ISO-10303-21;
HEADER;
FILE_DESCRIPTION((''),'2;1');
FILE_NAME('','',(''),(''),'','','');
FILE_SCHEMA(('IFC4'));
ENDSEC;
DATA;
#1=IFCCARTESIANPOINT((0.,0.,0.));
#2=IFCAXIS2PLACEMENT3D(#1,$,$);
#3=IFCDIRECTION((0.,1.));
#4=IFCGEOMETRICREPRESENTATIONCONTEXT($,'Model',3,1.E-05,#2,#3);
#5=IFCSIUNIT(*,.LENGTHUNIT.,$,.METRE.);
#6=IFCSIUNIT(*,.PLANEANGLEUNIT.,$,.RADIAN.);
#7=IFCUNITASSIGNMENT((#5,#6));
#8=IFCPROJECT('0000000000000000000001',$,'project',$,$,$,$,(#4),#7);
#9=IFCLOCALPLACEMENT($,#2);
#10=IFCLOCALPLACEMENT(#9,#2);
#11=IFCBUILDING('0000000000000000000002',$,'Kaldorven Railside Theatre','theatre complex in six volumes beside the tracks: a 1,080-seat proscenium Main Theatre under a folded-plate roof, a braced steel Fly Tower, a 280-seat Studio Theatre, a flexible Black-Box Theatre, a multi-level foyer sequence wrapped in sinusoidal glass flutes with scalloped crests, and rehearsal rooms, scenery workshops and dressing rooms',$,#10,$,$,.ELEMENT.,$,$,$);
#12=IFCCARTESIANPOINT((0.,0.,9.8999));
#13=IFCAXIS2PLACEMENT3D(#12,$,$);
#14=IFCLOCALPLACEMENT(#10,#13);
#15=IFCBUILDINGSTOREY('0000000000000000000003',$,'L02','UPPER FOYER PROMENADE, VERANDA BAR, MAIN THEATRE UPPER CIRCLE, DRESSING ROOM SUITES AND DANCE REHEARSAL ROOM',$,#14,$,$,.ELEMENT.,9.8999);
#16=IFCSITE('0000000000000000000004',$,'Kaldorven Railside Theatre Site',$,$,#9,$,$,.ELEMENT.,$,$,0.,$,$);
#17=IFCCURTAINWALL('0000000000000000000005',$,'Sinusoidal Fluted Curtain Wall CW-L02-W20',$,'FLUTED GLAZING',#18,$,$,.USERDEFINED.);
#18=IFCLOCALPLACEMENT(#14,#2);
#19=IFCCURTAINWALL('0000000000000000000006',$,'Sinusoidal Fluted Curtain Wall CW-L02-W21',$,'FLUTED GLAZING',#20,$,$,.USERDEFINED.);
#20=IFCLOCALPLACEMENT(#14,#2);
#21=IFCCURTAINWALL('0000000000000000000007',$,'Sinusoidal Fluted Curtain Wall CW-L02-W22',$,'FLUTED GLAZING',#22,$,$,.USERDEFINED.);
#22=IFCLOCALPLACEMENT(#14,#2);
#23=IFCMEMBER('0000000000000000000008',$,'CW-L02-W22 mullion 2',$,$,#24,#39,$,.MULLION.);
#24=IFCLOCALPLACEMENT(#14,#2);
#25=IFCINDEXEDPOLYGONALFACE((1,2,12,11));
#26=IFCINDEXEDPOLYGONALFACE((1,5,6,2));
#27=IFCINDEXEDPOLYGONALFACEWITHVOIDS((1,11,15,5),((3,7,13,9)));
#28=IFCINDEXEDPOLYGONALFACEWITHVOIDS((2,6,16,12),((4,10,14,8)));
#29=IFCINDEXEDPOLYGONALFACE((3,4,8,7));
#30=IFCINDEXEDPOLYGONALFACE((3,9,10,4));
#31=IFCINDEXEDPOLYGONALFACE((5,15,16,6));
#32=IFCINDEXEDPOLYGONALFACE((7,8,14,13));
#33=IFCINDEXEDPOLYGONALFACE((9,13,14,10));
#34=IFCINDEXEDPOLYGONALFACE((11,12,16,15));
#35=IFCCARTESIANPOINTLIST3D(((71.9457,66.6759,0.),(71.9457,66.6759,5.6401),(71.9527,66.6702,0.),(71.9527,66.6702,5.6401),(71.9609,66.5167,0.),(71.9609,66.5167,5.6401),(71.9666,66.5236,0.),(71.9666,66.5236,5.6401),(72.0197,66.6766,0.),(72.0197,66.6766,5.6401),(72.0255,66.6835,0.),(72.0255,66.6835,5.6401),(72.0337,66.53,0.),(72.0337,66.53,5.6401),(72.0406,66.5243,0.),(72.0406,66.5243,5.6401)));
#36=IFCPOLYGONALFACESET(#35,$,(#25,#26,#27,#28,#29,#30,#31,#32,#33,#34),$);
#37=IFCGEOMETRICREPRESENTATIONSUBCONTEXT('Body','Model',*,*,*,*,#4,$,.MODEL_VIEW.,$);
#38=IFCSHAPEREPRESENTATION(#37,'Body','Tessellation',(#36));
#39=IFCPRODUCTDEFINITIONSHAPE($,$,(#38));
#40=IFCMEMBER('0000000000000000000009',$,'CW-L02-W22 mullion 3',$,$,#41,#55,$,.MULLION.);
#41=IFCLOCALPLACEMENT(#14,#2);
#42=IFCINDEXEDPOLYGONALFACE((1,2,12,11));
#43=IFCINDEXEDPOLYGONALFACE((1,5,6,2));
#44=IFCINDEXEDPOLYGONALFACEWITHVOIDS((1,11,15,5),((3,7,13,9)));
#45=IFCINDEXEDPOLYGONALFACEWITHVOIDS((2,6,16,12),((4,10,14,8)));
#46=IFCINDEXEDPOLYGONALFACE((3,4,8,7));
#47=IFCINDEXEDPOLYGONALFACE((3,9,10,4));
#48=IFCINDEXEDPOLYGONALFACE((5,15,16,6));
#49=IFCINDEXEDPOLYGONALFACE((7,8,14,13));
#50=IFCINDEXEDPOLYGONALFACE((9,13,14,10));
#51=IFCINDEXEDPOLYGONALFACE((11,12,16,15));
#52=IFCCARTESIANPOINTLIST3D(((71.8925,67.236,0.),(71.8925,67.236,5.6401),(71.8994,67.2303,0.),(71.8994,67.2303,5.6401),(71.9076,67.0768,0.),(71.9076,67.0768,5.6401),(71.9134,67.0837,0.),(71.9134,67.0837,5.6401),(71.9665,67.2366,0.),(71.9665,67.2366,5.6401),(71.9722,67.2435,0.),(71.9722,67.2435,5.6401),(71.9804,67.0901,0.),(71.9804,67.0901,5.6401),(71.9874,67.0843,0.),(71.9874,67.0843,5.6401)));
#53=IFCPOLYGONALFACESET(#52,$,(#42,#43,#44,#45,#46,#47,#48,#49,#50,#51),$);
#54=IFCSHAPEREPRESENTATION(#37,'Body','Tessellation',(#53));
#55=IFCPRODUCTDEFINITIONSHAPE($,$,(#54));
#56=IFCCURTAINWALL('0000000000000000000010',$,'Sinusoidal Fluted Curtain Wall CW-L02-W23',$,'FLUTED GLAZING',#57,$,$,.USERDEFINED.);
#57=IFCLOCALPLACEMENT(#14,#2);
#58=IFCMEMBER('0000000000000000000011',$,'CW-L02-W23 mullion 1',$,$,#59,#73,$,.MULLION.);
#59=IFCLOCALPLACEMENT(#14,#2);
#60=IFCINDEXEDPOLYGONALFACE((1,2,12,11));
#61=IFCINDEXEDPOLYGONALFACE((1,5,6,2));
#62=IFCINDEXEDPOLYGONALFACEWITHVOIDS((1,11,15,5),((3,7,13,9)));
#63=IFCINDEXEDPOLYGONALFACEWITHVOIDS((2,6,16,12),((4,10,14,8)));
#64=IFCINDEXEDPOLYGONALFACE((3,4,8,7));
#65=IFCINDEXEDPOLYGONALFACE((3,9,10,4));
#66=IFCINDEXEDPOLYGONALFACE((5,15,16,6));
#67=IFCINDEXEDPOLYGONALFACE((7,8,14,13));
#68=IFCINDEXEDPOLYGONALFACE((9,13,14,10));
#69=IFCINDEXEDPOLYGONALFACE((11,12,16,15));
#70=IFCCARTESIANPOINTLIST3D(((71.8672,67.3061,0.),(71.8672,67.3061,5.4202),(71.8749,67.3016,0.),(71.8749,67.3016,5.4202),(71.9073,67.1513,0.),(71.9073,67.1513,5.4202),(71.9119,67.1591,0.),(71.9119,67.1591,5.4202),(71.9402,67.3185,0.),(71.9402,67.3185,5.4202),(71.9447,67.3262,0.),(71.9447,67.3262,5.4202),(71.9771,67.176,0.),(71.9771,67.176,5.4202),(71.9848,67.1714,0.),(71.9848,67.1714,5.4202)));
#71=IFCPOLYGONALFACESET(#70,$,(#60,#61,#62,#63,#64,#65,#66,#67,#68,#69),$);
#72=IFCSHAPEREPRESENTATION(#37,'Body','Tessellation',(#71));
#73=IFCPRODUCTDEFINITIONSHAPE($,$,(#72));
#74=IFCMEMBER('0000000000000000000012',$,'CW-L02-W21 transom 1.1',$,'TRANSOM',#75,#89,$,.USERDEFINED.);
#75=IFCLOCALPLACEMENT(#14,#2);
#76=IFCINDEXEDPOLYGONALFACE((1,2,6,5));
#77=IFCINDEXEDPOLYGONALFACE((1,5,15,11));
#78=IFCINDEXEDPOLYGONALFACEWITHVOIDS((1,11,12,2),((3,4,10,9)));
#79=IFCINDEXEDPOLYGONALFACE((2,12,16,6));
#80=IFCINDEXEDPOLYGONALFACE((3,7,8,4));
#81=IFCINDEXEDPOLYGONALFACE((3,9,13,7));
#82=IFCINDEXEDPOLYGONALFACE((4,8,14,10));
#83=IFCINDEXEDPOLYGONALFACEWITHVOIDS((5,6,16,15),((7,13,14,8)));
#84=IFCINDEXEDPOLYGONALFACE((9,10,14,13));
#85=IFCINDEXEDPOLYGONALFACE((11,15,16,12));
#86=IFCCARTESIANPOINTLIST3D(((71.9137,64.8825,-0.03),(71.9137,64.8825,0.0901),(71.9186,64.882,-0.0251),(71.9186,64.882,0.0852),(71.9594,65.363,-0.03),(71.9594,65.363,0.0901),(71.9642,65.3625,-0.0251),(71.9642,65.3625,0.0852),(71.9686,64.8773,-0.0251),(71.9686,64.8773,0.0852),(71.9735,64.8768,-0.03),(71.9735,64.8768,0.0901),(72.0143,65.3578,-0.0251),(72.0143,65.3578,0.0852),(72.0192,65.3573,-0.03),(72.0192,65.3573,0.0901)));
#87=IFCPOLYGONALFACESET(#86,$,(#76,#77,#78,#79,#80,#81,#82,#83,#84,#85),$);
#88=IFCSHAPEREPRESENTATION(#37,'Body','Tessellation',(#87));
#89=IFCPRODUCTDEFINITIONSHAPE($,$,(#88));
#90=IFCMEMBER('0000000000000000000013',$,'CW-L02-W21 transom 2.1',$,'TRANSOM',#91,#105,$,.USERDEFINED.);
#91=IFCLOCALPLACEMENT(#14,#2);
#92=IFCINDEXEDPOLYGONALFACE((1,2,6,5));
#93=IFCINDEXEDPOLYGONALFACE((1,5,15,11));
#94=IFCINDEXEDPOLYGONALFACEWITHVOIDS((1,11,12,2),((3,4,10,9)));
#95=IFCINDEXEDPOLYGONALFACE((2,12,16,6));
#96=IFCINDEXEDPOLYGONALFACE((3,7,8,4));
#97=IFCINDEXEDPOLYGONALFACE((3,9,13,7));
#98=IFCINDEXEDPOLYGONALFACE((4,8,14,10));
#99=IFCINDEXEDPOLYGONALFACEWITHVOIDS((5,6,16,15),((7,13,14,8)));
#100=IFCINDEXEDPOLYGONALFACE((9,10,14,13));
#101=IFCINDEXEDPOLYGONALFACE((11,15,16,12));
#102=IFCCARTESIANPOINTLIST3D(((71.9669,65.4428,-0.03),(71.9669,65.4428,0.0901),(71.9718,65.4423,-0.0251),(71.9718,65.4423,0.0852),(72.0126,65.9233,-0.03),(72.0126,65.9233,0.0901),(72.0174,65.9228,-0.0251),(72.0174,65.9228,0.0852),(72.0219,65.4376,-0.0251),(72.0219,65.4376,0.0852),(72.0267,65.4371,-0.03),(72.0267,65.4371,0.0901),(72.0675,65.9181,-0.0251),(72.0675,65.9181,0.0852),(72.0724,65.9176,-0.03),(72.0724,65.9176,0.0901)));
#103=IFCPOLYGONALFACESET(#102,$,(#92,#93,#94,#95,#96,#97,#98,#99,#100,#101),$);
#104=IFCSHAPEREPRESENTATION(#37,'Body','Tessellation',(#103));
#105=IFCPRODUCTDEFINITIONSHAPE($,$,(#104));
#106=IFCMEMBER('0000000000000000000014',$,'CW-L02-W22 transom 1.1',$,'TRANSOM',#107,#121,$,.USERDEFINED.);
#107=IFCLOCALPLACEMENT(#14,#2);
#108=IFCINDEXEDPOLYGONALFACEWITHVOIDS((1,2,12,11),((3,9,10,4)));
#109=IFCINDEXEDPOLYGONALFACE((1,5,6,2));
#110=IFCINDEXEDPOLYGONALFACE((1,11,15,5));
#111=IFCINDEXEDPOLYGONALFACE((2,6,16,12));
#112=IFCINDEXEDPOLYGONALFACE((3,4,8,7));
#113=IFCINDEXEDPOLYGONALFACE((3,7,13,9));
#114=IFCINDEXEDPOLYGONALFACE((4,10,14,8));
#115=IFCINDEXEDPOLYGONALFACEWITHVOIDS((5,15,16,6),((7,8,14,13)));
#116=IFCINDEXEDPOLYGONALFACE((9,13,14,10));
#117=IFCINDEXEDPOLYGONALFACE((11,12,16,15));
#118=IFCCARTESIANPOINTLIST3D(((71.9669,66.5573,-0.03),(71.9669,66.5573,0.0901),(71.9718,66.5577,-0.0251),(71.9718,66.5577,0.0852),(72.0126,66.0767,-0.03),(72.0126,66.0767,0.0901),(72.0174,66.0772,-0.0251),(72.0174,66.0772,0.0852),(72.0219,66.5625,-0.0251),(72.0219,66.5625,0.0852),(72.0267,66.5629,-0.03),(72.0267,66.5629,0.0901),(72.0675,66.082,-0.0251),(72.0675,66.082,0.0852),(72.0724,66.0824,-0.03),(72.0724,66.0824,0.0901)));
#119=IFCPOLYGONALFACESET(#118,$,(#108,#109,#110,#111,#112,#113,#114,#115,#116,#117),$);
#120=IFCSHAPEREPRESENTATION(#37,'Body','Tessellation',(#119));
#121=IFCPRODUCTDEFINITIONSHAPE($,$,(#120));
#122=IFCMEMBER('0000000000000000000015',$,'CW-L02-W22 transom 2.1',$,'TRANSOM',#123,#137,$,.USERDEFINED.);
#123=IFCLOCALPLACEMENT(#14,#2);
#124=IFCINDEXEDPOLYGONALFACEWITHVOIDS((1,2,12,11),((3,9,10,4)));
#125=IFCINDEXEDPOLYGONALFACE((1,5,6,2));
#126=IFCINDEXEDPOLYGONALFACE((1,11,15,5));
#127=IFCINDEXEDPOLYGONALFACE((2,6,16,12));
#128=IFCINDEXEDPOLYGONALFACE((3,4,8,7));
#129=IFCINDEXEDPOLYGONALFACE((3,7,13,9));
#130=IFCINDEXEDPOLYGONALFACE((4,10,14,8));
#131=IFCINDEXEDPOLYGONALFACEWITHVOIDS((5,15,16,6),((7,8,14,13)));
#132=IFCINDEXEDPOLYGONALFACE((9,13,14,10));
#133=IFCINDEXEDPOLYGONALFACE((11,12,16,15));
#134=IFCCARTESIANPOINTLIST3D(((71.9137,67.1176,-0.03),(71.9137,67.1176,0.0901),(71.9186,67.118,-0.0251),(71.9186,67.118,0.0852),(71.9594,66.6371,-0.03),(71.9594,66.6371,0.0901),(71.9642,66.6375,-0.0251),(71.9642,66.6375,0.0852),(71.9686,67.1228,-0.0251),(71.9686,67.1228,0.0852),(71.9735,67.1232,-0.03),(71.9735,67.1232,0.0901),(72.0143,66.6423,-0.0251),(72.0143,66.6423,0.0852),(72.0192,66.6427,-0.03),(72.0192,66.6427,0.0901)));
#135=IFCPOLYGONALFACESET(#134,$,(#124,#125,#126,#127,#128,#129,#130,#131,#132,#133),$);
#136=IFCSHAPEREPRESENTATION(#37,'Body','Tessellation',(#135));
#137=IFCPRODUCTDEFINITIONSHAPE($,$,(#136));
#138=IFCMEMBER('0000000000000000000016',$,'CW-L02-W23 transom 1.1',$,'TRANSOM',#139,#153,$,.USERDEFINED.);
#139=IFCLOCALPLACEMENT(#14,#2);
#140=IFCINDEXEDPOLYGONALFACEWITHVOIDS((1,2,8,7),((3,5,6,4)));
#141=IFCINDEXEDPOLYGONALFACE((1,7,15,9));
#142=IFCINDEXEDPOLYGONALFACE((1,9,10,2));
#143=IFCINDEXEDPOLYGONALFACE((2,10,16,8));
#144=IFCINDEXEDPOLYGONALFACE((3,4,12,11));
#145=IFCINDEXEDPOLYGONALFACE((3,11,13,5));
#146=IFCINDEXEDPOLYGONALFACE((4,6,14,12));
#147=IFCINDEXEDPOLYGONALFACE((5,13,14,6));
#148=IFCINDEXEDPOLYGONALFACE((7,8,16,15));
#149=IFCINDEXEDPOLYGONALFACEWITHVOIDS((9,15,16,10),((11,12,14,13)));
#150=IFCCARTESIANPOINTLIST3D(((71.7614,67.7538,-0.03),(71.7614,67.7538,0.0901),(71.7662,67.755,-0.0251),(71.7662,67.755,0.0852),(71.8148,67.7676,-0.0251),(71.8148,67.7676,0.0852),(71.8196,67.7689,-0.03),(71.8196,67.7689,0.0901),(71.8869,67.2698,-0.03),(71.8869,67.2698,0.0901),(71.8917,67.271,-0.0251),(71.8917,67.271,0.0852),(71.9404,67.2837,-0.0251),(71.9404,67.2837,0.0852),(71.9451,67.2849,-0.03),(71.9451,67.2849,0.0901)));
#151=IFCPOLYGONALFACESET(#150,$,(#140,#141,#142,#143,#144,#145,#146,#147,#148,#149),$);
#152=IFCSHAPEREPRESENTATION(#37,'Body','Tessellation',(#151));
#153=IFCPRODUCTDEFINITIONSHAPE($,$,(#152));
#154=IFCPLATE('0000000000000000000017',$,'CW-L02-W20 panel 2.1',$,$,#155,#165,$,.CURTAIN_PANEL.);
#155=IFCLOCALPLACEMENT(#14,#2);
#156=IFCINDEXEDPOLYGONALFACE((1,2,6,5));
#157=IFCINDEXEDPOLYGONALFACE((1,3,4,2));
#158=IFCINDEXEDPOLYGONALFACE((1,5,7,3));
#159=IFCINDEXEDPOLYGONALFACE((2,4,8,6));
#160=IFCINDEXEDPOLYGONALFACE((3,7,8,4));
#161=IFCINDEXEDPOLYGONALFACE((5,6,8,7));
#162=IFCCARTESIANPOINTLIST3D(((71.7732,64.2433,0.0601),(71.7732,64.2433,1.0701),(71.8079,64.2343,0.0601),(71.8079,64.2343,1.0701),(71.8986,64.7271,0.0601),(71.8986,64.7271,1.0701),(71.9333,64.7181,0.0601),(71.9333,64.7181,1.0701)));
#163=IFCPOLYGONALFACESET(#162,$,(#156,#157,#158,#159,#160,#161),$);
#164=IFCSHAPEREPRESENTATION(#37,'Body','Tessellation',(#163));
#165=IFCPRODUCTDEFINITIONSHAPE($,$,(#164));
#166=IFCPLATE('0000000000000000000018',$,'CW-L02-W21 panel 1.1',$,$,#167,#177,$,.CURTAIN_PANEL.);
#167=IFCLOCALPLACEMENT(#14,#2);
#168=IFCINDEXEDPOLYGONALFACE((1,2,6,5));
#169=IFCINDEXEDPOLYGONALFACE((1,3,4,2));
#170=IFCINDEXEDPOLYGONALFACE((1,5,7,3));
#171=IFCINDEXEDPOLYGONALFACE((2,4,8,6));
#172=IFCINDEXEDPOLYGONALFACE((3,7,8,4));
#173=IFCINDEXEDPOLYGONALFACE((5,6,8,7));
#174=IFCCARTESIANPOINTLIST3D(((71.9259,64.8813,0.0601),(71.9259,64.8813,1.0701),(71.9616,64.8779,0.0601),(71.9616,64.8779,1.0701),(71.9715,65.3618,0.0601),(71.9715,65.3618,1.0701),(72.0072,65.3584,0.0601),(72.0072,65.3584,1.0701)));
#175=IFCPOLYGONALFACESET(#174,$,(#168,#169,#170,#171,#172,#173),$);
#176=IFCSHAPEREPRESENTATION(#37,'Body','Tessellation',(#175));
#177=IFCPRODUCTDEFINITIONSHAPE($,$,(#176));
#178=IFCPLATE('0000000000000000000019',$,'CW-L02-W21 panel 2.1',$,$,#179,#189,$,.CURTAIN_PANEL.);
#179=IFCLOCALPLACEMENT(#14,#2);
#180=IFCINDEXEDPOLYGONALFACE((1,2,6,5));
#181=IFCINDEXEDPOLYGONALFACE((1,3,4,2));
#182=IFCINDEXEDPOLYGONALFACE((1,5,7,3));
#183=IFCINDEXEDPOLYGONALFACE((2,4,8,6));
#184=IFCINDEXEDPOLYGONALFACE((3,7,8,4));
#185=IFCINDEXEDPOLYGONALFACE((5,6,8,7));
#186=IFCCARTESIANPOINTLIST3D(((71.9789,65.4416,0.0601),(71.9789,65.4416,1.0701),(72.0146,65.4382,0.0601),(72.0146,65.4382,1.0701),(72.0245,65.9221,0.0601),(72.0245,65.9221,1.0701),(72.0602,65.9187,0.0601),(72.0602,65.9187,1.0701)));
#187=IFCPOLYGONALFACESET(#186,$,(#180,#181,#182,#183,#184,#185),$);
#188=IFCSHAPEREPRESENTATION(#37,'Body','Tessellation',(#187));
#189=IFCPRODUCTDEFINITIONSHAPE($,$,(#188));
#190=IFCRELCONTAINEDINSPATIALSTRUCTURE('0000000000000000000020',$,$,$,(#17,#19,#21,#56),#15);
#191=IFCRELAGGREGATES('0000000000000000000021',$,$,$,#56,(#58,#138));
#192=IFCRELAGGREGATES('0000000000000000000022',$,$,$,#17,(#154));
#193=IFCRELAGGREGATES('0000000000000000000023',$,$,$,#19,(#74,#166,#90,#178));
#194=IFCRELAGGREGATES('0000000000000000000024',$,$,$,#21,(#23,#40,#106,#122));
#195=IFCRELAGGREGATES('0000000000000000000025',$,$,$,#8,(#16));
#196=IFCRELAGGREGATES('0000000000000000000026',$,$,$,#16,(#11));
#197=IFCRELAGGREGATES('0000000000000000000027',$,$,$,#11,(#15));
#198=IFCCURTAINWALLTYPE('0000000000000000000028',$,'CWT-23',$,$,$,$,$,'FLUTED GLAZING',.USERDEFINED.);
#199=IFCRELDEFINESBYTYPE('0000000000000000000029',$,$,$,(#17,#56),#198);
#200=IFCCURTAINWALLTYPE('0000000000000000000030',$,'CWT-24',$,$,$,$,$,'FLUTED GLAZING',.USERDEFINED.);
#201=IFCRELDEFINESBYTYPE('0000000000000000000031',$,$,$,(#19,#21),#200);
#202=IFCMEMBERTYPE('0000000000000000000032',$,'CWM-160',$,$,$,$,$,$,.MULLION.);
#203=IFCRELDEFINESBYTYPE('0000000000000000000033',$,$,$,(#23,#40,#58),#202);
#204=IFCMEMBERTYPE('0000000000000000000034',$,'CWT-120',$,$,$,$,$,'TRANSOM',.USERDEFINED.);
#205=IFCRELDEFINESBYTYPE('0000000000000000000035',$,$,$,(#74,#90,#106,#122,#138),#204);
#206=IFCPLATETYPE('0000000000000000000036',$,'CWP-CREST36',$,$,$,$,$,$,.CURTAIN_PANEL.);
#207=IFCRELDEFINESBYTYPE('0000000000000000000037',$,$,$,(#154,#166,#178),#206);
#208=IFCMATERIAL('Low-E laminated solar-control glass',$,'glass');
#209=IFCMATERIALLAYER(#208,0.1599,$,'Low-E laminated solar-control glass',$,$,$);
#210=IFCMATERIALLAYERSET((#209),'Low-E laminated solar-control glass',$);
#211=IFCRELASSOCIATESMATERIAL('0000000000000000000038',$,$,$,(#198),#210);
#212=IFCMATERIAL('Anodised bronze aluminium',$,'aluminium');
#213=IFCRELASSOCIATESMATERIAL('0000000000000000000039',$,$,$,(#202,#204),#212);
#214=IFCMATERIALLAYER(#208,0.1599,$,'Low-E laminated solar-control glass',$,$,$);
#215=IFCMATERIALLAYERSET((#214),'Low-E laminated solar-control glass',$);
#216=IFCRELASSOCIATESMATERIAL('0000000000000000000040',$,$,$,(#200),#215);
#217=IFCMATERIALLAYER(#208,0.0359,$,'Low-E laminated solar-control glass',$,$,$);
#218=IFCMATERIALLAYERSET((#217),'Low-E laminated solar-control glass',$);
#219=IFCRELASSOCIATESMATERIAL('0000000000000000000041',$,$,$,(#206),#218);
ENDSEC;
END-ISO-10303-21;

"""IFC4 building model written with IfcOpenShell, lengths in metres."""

from ifc_helpers import new_model, si_unit, direction, frame, origin, origin_2d, place, context, subcontext, project, spatial, rectangle, hollow_rectangle, extrude, material, layer, layer_set, material_profile, profile_set, type_object, element, aggregate, save


model = new_model("IFC4")

# Units and contexts
model_context = context("Model", 3, precision=1e-05, world=origin(), true_north=direction((0.0, 1.0)))
body_context = subcontext(model_context, "Body", "Model", "MODEL_VIEW")
ifc_project = project(units=[si_unit("LENGTHUNIT", "METRE"), si_unit("PLANEANGLEUNIT", "RADIAN")], contexts=[model_context])

# Site, building, storey
site_placement = place(None, origin())
site = spatial("IfcSite", under=ifc_project, at=site_placement, Name="Kaldorven Railside Theatre Site", CompositionType="ELEMENT", RefElevation=0.0)
building_placement = place(site_placement, origin())
building = spatial("IfcBuilding", under=site, at=building_placement, Name="Kaldorven Railside Theatre", Description="theatre complex in six volumes beside the tracks: a 1,080-seat proscenium Main Theatre under a folded-plate roof, a braced steel Fly Tower, a 280-seat Studio Theatre, a flexible Black-Box Theatre, a multi-level foyer sequence wrapped in sinusoidal glass flutes with scalloped crests, and rehearsal rooms, scenery workshops and dressing rooms", CompositionType="ELEMENT")
storey_placement = place(building_placement, frame((0.0, 0.0, 9.8999)))
storey = spatial("IfcBuildingStorey", under=building, at=storey_placement, Name="L02", Description="UPPER FOYER PROMENADE, VERANDA BAR, MAIN THEATRE UPPER CIRCLE, DRESSING ROOM SUITES AND DANCE REHEARSAL ROOM", CompositionType="ELEMENT", Elevation=9.8999)

# Curtain wall
ifc_material_1 = material(Name="Low-E laminated solar-control glass", Category="glass")
ifc_layer_1 = layer(ifc_material_1, 0.1599, Name="Low-E laminated solar-control glass")
ifc_layer_set_1 = layer_set([ifc_layer_1], Name="Low-E laminated solar-control glass")
curtain_wall_type_1 = type_object("IfcCurtainWallType", Name="CWT-23", ElementType="FLUTED GLAZING", PredefinedType="USERDEFINED", material=ifc_layer_set_1)
curtain_wall_1_placement = place(storey_placement, origin())
curtain_wall_1 = element("IfcCurtainWall", 1, at=curtain_wall_1_placement, inside=storey, type_object=curtain_wall_type_1, Name="Sinusoidal Fluted Curtain Wall CW-L02-W20", ObjectType="FLUTED GLAZING", PredefinedType="USERDEFINED")
ifc_material_2 = material(Name="Anodised bronze aluminium", Category="aluminium")
ifc_material_profile_1 = material_profile(ifc_material_2, hollow_rectangle(XDim=0.0801, YDim=0.1599, WallThickness=0.0063, at=origin_2d()), Name="RHS 160x80x6.3")
ifc_profile_set_1 = profile_set([ifc_material_profile_1], Name="Anodised bronze aluminium")
member_type_1 = type_object("IfcMemberType", Name="CWM-160", PredefinedType="MULLION", material=ifc_profile_set_1)

# Curtain walls, members
ifc_layer_2 = layer(ifc_material_1, 0.1599, Name="Low-E laminated solar-control glass")
ifc_layer_set_2 = layer_set([ifc_layer_2], Name="Low-E laminated solar-control glass")
curtain_wall_type_2 = type_object("IfcCurtainWallType", Name="CWT-24", ElementType="FLUTED GLAZING", PredefinedType="USERDEFINED", material=ifc_layer_set_2)
curtain_wall_2_placement = place(storey_placement, origin())
curtain_wall_2 = element("IfcCurtainWall", 2, at=curtain_wall_2_placement, inside=storey, type_object=curtain_wall_type_2, Name="Sinusoidal Fluted Curtain Wall CW-L02-W21", ObjectType="FLUTED GLAZING", PredefinedType="USERDEFINED")
curtain_wall_3_placement = place(storey_placement, origin())
curtain_wall_3 = element("IfcCurtainWall", 3, at=curtain_wall_3_placement, inside=storey, type_object=curtain_wall_type_2, Name="Sinusoidal Fluted Curtain Wall CW-L02-W22", ObjectType="FLUTED GLAZING", PredefinedType="USERDEFINED")
member_1_placement = place(storey_placement, frame((71.9932, 66.6001, 0.0), z_axis=(0.0, 0.0, 1.0), x_axis=(-0.995526, -0.094492, 0.0)))
member_1 = element("IfcMember", 4, at=member_1_placement, type_object=member_type_1, Name="CW-L02-W22 mullion 2", PredefinedType="MULLION", context=body_context, shape_type="SweptSolid", body=[
    extrude(hollow_rectangle(XDim=0.0801, YDim=0.1599, WallThickness=0.0063, at=origin_2d()), origin(), (0.0, 0.0, 1.0), 5.6401),
])
member_2_placement = place(storey_placement, frame((71.9399, 67.1602, 0.0), z_axis=(0.0, 0.0, 1.0), x_axis=(-0.995526, -0.094492, 0.0)))
member_2 = element("IfcMember", 5, at=member_2_placement, type_object=member_type_1, Name="CW-L02-W22 mullion 3", PredefinedType="MULLION", context=body_context, shape_type="SweptSolid", body=[
    extrude(hollow_rectangle(XDim=0.0801, YDim=0.1599, WallThickness=0.0063, at=origin_2d()), origin(), (0.0, 0.0, 1.0), 5.6401),
])

# Curtain wall, member
curtain_wall_4_placement = place(storey_placement, origin())
curtain_wall_4 = element("IfcCurtainWall", 6, at=curtain_wall_4_placement, inside=storey, type_object=curtain_wall_type_1, Name="Sinusoidal Fluted Curtain Wall CW-L02-W23", ObjectType="FLUTED GLAZING", PredefinedType="USERDEFINED")
member_3_placement = place(storey_placement, frame((71.926, 67.2388, 0.0), z_axis=(0.0, 0.0, 1.0), x_axis=(-0.967999, -0.250954, 0.0)))
member_3 = element("IfcMember", 7, at=member_3_placement, type_object=member_type_1, Name="CW-L02-W23 mullion 1", PredefinedType="MULLION", context=body_context, shape_type="SweptSolid", body=[
    extrude(hollow_rectangle(XDim=0.0801, YDim=0.1599, WallThickness=0.0063, at=origin_2d()), origin(), (0.0, 0.0, 1.0), 5.4202),
])

# Members
ifc_material_profile_2 = material_profile(ifc_material_2, hollow_rectangle(XDim=0.0601, YDim=0.1201, WallThickness=0.0049, at=origin_2d()), Name="RHS 120x60x5")
ifc_profile_set_2 = profile_set([ifc_material_profile_2], Name="Anodised bronze aluminium")
member_type_2 = type_object("IfcMemberType", Name="CWT-120", ElementType="TRANSOM", PredefinedType="USERDEFINED", material=ifc_profile_set_2)
member_4_placement = place(storey_placement, frame((71.9436, 64.8796, 0.03), z_axis=(0.094594, 0.995516, 0.0), x_axis=(-0.995516, 0.094594, 0.0)))
member_4 = element("IfcMember", 8, at=member_4_placement, type_object=member_type_2, Name="CW-L02-W21 transom 1.1", ObjectType="TRANSOM", PredefinedType="USERDEFINED", context=body_context, shape_type="SweptSolid", body=[
    extrude(hollow_rectangle(XDim=0.0601, YDim=0.1201, WallThickness=0.0049, at=origin_2d()), origin(), (0.0, 0.0, 1.0), 0.4827),
])
member_5_placement = place(storey_placement, frame((71.9968, 65.4399, 0.03), z_axis=(0.094594, 0.995516, 0.0), x_axis=(-0.995516, 0.094594, 0.0)))
member_5 = element("IfcMember", 9, at=member_5_placement, type_object=member_type_2, Name="CW-L02-W21 transom 2.1", ObjectType="TRANSOM", PredefinedType="USERDEFINED", context=body_context, shape_type="SweptSolid", body=[
    extrude(hollow_rectangle(XDim=0.0601, YDim=0.1201, WallThickness=0.0049, at=origin_2d()), origin(), (0.0, 0.0, 1.0), 0.4827),
])
member_6_placement = place(storey_placement, frame((72.0425, 66.0796, 0.03), z_axis=(-0.094594, 0.995516, 0.0), x_axis=(-0.995516, -0.094594, 0.0)))
member_6 = element("IfcMember", 10, at=member_6_placement, type_object=member_type_2, Name="CW-L02-W22 transom 1.1", ObjectType="TRANSOM", PredefinedType="USERDEFINED", context=body_context, shape_type="SweptSolid", body=[
    extrude(hollow_rectangle(XDim=0.0601, YDim=0.1201, WallThickness=0.0049, at=origin_2d()), origin(), (0.0, 0.0, 1.0), 0.4827),
])
member_7_placement = place(storey_placement, frame((71.9893, 66.6399, 0.03), z_axis=(-0.094594, 0.995516, 0.0), x_axis=(-0.995516, -0.094594, 0.0)))
member_7 = element("IfcMember", 11, at=member_7_placement, type_object=member_type_2, Name="CW-L02-W22 transom 2.1", ObjectType="TRANSOM", PredefinedType="USERDEFINED", context=body_context, shape_type="SweptSolid", body=[
    extrude(hollow_rectangle(XDim=0.0601, YDim=0.1201, WallThickness=0.0049, at=origin_2d()), origin(), (0.0, 0.0, 1.0), 0.4827),
])
member_8_placement = place(storey_placement, frame((71.916, 67.2773, 0.03), z_axis=(-0.25103, 0.967979, 0.0), x_axis=(-0.967979, -0.25103, 0.0)))
member_8 = element("IfcMember", 12, at=member_8_placement, type_object=member_type_2, Name="CW-L02-W23 transom 1.1", ObjectType="TRANSOM", PredefinedType="USERDEFINED", context=body_context, shape_type="SweptSolid", body=[
    extrude(hollow_rectangle(XDim=0.0601, YDim=0.1201, WallThickness=0.0049, at=origin_2d()), origin(), (0.0, 0.0, 1.0), 0.5),
])
aggregate(curtain_wall_4, [member_3, member_8])

# Plates
ifc_layer_3 = layer(ifc_material_1, 0.0359, Name="Low-E laminated solar-control glass")
ifc_layer_set_3 = layer_set([ifc_layer_3], Name="Low-E laminated solar-control glass")
plate_type = type_object("IfcPlateType", Name="CWP-CREST36", PredefinedType="CURTAIN_PANEL", material=ifc_layer_set_3)
plate_1_placement = place(storey_placement, frame((71.8533, 64.4807, 0.0601), z_axis=(0.0, 0.0, 1.0), x_axis=(0.250954, 0.967999, 0.0)))
plate_1 = element("IfcPlate", 13, at=plate_1_placement, type_object=plate_type, Name="CW-L02-W20 panel 2.1", PredefinedType="CURTAIN_PANEL", context=body_context, shape_type="SweptSolid", body=[
    extrude(rectangle(XDim=0.4998, YDim=0.0359, at=origin_2d()), origin(), (0.0, 0.0, 1.0), 1.01),
])
aggregate(curtain_wall_1, [plate_1])
plate_2_placement = place(storey_placement, frame((71.9666, 65.1199, 0.0601), z_axis=(0.0, 0.0, 1.0), x_axis=(0.094492, 0.995526, 0.0)))
plate_2 = element("IfcPlate", 14, at=plate_2_placement, type_object=plate_type, Name="CW-L02-W21 panel 1.1", PredefinedType="CURTAIN_PANEL", context=body_context, shape_type="SweptSolid", body=[
    extrude(rectangle(XDim=0.4827, YDim=0.0359, at=origin_2d()), origin(), (0.0, 0.0, 1.0), 1.01),
])
plate_3_placement = place(storey_placement, frame((72.0195, 65.6802, 0.0601), z_axis=(0.0, 0.0, 1.0), x_axis=(0.094492, 0.995526, 0.0)))
plate_3 = element("IfcPlate", 15, at=plate_3_placement, type_object=plate_type, Name="CW-L02-W21 panel 2.1", PredefinedType="CURTAIN_PANEL", context=body_context, shape_type="SweptSolid", body=[
    extrude(rectangle(XDim=0.4827, YDim=0.0359, at=origin_2d()), origin(), (0.0, 0.0, 1.0), 1.01),
])
aggregate(curtain_wall_2, [member_4, plate_2, member_5, plate_3])
aggregate(curtain_wall_3, [member_1, member_2, member_6, member_7])

save(model, "model.ifc")
